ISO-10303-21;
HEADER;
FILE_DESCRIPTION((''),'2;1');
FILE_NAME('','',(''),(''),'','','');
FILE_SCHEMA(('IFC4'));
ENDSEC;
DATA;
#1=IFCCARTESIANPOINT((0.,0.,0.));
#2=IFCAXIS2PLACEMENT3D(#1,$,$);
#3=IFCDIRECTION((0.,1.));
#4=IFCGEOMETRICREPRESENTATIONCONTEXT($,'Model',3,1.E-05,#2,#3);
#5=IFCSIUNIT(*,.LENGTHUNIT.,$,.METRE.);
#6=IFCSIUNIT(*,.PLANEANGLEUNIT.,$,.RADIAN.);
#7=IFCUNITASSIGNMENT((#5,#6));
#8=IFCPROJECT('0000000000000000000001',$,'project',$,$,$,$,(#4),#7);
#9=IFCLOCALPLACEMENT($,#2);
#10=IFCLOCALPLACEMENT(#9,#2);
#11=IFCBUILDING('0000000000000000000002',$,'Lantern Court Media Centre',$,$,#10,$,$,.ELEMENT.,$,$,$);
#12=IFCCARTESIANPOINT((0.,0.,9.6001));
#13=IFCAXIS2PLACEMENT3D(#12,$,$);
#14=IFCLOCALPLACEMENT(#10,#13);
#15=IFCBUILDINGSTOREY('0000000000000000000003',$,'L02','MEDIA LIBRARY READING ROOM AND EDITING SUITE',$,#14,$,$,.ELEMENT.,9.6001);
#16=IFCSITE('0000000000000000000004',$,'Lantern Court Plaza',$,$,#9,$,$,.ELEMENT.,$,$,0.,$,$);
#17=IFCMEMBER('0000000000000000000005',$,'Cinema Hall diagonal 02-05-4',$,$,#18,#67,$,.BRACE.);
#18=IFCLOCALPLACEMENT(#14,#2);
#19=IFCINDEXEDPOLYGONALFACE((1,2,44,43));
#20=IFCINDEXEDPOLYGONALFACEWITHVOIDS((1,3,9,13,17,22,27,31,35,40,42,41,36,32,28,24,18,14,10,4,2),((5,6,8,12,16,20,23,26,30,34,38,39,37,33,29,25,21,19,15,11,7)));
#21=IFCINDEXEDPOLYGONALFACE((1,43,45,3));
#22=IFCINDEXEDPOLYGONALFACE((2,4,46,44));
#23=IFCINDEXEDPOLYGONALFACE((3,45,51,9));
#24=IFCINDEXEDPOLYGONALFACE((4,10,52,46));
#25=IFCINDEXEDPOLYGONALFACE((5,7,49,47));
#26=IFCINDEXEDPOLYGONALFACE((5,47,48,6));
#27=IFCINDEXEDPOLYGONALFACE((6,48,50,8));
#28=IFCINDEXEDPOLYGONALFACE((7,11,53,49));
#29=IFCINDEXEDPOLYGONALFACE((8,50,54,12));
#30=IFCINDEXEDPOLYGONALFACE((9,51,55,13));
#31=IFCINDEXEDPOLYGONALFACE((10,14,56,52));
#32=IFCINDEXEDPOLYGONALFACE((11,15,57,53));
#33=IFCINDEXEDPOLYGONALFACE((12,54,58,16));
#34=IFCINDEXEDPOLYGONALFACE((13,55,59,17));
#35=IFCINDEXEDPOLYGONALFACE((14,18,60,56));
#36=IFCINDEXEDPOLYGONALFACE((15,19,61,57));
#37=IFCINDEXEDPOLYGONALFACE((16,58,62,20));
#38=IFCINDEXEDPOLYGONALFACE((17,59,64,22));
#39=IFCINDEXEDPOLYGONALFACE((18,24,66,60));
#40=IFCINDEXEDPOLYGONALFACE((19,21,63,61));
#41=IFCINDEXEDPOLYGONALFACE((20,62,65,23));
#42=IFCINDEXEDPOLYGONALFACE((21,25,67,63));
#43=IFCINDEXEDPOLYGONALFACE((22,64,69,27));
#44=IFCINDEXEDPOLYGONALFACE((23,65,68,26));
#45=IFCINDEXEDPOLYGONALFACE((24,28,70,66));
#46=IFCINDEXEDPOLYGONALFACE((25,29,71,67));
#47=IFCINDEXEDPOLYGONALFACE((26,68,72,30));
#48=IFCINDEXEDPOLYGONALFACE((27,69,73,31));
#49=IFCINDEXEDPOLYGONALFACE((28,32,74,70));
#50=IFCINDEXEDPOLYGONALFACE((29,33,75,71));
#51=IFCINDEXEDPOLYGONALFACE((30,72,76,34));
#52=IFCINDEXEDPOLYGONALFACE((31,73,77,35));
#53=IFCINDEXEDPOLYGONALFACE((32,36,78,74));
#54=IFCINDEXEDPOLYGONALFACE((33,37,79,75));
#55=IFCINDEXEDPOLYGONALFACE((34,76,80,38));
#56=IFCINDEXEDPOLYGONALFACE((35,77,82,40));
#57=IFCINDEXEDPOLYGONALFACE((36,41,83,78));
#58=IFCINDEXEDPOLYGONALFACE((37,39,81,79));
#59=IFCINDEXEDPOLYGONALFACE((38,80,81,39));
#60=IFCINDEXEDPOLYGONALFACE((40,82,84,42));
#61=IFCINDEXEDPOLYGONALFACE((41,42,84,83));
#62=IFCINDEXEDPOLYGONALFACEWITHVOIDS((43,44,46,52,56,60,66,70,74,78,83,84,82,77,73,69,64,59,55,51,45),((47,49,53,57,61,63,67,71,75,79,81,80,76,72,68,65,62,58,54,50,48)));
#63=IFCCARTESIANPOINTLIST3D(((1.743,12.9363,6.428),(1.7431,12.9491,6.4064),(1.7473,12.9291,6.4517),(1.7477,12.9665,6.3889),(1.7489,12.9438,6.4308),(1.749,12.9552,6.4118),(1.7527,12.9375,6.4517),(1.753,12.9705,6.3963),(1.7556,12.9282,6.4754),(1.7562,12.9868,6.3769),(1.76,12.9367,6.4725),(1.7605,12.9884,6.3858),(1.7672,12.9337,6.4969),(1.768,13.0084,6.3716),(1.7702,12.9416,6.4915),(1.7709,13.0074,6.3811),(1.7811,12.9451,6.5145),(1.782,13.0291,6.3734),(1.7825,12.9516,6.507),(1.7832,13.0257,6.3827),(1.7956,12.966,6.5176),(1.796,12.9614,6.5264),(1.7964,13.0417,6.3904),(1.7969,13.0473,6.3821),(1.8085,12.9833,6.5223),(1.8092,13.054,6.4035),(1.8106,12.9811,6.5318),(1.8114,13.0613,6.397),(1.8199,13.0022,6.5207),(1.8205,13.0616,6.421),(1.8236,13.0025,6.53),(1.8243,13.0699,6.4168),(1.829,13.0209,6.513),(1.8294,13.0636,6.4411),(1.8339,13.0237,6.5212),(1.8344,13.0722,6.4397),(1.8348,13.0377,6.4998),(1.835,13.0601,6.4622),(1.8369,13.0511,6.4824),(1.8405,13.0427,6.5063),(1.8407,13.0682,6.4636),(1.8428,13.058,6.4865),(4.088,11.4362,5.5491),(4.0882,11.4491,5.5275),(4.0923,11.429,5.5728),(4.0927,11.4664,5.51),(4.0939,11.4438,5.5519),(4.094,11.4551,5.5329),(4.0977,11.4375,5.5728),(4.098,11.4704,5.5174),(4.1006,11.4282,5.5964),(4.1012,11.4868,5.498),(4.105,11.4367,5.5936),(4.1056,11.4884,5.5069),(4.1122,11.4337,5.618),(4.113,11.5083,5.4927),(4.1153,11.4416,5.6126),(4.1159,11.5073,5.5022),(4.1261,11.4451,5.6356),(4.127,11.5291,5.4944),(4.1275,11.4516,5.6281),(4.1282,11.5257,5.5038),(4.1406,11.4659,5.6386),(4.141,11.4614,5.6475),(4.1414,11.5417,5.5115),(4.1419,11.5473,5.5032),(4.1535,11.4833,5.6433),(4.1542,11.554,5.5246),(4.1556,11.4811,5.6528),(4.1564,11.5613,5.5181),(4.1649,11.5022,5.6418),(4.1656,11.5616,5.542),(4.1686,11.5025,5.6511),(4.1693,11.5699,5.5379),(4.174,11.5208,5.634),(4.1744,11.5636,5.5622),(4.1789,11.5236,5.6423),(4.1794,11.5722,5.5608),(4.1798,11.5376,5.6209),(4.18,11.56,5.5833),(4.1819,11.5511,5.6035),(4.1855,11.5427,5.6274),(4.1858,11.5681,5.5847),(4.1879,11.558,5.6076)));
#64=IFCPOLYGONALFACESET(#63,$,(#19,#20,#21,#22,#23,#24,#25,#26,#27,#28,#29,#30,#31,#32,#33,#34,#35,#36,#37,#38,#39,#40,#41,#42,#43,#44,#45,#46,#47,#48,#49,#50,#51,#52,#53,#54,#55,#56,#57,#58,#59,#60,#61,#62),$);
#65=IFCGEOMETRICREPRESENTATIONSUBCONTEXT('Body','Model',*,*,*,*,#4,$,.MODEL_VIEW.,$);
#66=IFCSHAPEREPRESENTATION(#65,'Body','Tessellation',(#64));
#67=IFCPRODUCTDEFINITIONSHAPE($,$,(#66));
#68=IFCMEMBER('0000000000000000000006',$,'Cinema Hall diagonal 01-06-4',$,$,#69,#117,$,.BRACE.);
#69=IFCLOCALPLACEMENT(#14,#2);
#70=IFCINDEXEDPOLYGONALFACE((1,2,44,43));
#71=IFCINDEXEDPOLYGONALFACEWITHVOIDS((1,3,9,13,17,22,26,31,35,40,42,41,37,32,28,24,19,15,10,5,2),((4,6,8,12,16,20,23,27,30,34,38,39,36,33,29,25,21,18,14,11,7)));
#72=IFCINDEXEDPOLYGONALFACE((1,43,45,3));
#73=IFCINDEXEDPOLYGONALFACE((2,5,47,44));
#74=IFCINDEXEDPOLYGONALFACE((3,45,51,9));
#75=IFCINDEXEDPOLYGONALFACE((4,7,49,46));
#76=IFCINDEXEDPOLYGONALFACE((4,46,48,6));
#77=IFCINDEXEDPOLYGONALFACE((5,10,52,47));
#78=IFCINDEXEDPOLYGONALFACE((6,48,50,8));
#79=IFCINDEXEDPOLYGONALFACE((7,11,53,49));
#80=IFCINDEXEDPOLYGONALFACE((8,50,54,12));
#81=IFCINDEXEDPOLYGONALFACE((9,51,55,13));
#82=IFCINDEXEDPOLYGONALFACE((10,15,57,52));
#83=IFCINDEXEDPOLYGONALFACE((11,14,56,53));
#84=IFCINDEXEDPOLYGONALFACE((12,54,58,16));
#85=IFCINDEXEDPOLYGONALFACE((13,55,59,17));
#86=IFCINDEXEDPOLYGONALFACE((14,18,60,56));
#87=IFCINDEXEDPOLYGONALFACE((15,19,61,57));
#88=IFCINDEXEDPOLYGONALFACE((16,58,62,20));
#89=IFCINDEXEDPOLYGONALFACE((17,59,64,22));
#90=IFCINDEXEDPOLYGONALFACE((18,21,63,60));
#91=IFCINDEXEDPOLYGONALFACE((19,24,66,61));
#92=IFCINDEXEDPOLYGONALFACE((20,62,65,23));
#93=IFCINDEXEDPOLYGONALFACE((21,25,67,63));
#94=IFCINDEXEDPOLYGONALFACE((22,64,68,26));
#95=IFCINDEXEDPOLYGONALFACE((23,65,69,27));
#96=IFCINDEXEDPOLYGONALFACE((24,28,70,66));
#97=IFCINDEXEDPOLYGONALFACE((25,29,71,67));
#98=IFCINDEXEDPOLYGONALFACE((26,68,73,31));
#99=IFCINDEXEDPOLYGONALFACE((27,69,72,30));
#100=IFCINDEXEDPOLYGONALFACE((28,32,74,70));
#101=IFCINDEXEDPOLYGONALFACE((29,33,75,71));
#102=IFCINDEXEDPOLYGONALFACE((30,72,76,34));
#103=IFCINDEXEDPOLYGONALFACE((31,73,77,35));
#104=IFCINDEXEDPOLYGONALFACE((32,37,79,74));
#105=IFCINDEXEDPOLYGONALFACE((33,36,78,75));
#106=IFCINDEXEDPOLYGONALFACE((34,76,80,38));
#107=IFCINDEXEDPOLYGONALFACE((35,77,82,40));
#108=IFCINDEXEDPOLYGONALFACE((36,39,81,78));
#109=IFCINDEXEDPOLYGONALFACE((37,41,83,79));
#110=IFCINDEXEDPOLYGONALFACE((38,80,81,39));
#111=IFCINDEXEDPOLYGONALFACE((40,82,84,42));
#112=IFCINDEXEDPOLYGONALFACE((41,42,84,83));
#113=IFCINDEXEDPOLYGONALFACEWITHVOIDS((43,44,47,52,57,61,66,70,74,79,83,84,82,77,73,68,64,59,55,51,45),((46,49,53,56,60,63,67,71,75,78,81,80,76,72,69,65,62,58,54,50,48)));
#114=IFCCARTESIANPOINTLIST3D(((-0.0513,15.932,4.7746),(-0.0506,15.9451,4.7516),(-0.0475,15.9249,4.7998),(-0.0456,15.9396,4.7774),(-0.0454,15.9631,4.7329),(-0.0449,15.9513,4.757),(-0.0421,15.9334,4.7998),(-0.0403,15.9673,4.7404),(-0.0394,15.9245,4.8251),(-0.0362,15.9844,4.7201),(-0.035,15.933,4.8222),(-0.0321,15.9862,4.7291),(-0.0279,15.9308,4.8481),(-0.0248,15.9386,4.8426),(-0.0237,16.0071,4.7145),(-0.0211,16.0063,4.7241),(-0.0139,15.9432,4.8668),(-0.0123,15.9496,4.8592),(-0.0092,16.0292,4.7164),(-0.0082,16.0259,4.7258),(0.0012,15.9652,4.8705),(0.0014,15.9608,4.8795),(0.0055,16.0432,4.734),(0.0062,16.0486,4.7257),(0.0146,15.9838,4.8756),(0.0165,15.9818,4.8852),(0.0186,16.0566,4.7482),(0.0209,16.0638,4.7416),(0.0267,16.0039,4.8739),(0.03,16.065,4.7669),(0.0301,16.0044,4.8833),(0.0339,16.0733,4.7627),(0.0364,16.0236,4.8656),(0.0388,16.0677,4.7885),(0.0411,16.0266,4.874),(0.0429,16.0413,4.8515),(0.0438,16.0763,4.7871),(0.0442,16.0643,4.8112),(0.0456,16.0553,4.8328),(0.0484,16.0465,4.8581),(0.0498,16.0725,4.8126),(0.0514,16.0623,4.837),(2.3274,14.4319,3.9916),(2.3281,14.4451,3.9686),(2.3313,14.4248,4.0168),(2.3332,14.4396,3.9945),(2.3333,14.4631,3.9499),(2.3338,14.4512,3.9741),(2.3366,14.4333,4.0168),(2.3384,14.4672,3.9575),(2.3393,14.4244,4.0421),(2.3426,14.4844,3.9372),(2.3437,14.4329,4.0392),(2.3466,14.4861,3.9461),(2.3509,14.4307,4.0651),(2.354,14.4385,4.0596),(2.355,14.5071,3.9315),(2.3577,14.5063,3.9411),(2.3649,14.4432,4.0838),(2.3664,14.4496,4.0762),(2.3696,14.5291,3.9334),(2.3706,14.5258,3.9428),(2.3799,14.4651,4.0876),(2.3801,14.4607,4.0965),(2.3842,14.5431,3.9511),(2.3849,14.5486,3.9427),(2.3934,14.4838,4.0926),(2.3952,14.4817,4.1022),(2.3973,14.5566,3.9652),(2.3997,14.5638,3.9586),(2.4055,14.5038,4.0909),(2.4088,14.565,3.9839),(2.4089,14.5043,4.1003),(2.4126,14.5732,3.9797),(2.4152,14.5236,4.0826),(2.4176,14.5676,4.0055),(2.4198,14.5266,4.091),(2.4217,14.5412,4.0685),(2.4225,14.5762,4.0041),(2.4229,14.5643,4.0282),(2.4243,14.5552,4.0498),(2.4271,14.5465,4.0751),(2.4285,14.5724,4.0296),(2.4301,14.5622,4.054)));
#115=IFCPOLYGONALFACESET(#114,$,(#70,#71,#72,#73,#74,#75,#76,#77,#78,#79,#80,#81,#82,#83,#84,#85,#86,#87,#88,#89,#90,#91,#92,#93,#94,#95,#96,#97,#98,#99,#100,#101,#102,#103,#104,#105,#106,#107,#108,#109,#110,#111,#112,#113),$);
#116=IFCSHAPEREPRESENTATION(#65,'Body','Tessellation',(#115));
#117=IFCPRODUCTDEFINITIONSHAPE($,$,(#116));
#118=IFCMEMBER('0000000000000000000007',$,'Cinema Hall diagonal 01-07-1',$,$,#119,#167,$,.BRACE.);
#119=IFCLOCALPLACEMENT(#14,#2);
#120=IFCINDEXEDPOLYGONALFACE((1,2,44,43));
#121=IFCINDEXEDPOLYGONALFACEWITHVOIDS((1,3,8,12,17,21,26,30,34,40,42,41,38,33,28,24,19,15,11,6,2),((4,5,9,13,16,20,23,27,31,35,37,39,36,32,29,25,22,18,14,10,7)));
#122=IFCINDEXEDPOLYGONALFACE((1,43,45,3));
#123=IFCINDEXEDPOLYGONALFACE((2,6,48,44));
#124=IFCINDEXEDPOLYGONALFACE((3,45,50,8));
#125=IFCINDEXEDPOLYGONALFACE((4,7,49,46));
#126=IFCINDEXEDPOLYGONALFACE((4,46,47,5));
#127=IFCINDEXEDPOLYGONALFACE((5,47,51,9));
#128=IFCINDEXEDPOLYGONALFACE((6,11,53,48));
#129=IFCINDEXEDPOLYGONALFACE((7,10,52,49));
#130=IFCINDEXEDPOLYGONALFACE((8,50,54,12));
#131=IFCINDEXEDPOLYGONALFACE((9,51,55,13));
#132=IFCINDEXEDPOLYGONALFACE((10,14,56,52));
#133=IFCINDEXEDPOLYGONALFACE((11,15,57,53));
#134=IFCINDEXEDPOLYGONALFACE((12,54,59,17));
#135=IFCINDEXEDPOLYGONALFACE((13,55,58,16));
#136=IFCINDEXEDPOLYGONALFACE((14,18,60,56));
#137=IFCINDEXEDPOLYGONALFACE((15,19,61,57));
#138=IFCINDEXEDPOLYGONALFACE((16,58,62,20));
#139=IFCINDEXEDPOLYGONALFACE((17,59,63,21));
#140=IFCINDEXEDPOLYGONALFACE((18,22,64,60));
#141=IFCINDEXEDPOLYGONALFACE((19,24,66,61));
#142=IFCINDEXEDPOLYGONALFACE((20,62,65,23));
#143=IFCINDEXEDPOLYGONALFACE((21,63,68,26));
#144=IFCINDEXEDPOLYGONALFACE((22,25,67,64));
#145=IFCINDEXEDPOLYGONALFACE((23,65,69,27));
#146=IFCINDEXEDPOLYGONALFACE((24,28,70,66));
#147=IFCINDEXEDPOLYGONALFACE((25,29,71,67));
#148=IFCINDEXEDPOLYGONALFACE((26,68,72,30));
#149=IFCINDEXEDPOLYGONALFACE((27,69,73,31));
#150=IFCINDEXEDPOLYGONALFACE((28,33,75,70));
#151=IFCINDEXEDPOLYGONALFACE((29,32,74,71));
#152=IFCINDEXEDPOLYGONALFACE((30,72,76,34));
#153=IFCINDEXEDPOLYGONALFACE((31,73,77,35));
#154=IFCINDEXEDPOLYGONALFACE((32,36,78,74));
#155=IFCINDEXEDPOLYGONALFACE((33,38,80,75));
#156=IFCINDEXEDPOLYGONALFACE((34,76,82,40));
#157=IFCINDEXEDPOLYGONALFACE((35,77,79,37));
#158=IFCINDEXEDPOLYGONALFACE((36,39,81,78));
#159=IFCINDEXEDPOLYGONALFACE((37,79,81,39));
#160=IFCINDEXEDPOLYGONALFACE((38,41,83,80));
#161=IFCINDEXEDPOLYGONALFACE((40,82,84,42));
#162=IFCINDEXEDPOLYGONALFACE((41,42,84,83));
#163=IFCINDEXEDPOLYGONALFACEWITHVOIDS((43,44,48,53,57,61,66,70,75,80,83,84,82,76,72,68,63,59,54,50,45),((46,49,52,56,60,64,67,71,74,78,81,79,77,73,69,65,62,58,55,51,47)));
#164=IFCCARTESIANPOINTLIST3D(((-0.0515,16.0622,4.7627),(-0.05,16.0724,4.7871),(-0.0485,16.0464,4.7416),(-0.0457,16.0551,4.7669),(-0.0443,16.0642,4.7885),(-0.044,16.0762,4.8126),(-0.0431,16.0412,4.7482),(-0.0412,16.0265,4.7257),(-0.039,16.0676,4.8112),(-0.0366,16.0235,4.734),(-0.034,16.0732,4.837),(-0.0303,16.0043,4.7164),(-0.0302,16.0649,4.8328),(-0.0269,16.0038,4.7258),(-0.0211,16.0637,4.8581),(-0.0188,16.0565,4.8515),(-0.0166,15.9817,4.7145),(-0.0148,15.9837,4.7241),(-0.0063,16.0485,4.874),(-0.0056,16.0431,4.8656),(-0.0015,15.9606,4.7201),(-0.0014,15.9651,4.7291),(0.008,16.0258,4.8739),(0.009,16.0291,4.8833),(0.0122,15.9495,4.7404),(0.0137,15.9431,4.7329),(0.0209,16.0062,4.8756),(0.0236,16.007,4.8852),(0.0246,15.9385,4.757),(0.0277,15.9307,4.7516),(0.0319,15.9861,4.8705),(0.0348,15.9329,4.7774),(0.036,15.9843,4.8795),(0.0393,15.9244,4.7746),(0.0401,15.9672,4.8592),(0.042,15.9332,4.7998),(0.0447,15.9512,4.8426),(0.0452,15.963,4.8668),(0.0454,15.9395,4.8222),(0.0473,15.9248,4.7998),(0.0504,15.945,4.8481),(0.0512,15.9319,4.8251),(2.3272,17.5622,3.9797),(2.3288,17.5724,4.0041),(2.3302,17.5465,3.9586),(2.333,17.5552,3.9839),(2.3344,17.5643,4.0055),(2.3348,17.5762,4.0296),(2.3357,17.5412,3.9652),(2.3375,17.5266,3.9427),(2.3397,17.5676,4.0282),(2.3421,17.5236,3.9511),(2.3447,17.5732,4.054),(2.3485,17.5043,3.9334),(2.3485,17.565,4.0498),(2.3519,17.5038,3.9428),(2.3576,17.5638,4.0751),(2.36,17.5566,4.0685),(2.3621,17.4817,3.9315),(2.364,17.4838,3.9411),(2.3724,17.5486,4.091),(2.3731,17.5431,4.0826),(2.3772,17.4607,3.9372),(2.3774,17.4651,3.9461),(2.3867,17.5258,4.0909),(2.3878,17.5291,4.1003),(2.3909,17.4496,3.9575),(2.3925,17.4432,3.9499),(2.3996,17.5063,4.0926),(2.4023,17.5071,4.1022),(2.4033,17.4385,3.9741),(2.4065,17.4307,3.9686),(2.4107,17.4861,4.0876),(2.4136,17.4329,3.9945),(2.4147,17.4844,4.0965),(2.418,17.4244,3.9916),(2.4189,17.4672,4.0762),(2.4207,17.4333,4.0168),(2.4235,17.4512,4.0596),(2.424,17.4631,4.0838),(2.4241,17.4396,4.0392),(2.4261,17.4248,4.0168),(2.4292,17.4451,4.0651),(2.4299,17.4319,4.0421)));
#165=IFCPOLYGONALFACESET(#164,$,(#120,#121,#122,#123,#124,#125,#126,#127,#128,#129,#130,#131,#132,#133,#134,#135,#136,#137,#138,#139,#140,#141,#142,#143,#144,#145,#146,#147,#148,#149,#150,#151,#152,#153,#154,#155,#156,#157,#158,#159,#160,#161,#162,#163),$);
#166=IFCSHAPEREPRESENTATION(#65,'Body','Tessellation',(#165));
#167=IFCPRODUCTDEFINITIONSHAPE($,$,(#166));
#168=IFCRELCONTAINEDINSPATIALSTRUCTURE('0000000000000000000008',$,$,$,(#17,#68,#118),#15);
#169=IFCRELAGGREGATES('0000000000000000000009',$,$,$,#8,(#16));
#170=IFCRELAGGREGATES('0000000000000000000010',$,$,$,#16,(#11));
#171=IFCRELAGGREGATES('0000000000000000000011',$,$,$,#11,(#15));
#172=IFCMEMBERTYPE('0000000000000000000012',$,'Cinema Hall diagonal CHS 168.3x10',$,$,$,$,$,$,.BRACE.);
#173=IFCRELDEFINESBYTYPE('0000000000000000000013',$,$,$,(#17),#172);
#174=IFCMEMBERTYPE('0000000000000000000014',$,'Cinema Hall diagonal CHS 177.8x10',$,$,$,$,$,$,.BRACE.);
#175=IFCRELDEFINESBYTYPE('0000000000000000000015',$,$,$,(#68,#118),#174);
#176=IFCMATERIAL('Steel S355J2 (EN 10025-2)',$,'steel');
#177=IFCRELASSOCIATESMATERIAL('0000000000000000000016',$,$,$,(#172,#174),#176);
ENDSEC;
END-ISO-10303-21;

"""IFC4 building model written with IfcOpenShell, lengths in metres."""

from ifc_helpers import new_model, si_unit, direction, frame, origin, origin_2d, place, context, subcontext, project, spatial, hollow_circle, extrude, material, material_profile, profile_set, type_object, element, save


model = new_model("IFC4")

# Units and contexts
model_context = context("Model", 3, precision=1e-05, world=origin(), true_north=direction((0.0, 1.0)))
body_context = subcontext(model_context, "Body", "Model", "MODEL_VIEW")
ifc_project = project(units=[si_unit("LENGTHUNIT", "METRE"), si_unit("PLANEANGLEUNIT", "RADIAN")], contexts=[model_context])

# Site, building, storey
site_placement = place(None, origin())
site = spatial("IfcSite", under=ifc_project, at=site_placement, Name="Lantern Court Plaza", CompositionType="ELEMENT", RefElevation=0.0)
building_placement = place(site_placement, origin())
building = spatial("IfcBuilding", under=site, at=building_placement, Name="Lantern Court Media Centre", CompositionType="ELEMENT")
storey_placement = place(building_placement, frame((0.0, 0.0, 9.6001)))
storey = spatial("IfcBuildingStorey", under=building, at=storey_placement, Name="L02", Description="MEDIA LIBRARY READING ROOM AND EDITING SUITE", CompositionType="ELEMENT", Elevation=9.6001)

# Shared definitions
ifc_material = material(Name="Steel S355J2 (EN 10025-2)", Category="steel")

# Members
ifc_material_profile_1 = material_profile(ifc_material, hollow_circle(Radius=0.0842, WallThickness=0.01, at=origin_2d()), Name="Cinema Hall diagonal CHS 168.3x10")
ifc_profile_set_1 = profile_set([ifc_material_profile_1], Name="Steel S355J2 (EN 10025-2)")
member_type_1 = type_object("IfcMemberType", Name="Cinema Hall diagonal CHS 168.3x10", PredefinedType="BRACE", material=ifc_profile_set_1)
member_1_placement = place(storey_placement, frame((4.1377, 11.5, 5.5728), z_axis=(-0.803309, 0.51385, 0.301084), x_axis=(-0.538855, -0.842399, 0.0)))
element("IfcMember", 1, at=member_1_placement, inside=storey, type_object=member_type_1, Name="Cinema Hall diagonal 02-05-4", PredefinedType="BRACE", context=body_context, shape_type="SweptSolid", body=[
    extrude(hollow_circle(Radius=0.0842, WallThickness=0.01, at=origin_2d()), origin(), (0.0, 0.0, 1.0), 2.9192),
])
ifc_material_profile_2 = material_profile(ifc_material, hollow_circle(Radius=0.0889, WallThickness=0.01, at=origin_2d()), Name="Cinema Hall diagonal CHS 177.8x10")
ifc_profile_set_2 = profile_set([ifc_material_profile_2], Name="Steel S355J2 (EN 10025-2)")
member_type_2 = type_object("IfcMemberType", Name="Cinema Hall diagonal CHS 177.8x10", PredefinedType="BRACE", material=ifc_profile_set_2)
for number, where, z_axis, x_axis, name in (
    (2, (2.3787, 14.5, 4.0168), (-0.814866, 0.51386, 0.268221), (-0.533405, -0.84586, 0.0), "Cinema Hall diagonal 01-06-4"),
    (3, (2.3787, 17.5, 4.0168), (-0.814866, -0.51386, 0.268221), (0.533405, -0.84586, 0.0), "Cinema Hall diagonal 01-07-1"),
):
    element("IfcMember", number, at=place(storey_placement, frame(where, z_axis=z_axis, x_axis=x_axis)), inside=storey, type_object=member_type_2, Name=name, PredefinedType="BRACE", context=body_context, shape_type="SweptSolid", body=[
        extrude(hollow_circle(Radius=0.0889, WallThickness=0.01, at=origin_2d()), origin(), (0.0, 0.0, 1.0), 2.9192),
    ])

save(model, "model.ifc")
